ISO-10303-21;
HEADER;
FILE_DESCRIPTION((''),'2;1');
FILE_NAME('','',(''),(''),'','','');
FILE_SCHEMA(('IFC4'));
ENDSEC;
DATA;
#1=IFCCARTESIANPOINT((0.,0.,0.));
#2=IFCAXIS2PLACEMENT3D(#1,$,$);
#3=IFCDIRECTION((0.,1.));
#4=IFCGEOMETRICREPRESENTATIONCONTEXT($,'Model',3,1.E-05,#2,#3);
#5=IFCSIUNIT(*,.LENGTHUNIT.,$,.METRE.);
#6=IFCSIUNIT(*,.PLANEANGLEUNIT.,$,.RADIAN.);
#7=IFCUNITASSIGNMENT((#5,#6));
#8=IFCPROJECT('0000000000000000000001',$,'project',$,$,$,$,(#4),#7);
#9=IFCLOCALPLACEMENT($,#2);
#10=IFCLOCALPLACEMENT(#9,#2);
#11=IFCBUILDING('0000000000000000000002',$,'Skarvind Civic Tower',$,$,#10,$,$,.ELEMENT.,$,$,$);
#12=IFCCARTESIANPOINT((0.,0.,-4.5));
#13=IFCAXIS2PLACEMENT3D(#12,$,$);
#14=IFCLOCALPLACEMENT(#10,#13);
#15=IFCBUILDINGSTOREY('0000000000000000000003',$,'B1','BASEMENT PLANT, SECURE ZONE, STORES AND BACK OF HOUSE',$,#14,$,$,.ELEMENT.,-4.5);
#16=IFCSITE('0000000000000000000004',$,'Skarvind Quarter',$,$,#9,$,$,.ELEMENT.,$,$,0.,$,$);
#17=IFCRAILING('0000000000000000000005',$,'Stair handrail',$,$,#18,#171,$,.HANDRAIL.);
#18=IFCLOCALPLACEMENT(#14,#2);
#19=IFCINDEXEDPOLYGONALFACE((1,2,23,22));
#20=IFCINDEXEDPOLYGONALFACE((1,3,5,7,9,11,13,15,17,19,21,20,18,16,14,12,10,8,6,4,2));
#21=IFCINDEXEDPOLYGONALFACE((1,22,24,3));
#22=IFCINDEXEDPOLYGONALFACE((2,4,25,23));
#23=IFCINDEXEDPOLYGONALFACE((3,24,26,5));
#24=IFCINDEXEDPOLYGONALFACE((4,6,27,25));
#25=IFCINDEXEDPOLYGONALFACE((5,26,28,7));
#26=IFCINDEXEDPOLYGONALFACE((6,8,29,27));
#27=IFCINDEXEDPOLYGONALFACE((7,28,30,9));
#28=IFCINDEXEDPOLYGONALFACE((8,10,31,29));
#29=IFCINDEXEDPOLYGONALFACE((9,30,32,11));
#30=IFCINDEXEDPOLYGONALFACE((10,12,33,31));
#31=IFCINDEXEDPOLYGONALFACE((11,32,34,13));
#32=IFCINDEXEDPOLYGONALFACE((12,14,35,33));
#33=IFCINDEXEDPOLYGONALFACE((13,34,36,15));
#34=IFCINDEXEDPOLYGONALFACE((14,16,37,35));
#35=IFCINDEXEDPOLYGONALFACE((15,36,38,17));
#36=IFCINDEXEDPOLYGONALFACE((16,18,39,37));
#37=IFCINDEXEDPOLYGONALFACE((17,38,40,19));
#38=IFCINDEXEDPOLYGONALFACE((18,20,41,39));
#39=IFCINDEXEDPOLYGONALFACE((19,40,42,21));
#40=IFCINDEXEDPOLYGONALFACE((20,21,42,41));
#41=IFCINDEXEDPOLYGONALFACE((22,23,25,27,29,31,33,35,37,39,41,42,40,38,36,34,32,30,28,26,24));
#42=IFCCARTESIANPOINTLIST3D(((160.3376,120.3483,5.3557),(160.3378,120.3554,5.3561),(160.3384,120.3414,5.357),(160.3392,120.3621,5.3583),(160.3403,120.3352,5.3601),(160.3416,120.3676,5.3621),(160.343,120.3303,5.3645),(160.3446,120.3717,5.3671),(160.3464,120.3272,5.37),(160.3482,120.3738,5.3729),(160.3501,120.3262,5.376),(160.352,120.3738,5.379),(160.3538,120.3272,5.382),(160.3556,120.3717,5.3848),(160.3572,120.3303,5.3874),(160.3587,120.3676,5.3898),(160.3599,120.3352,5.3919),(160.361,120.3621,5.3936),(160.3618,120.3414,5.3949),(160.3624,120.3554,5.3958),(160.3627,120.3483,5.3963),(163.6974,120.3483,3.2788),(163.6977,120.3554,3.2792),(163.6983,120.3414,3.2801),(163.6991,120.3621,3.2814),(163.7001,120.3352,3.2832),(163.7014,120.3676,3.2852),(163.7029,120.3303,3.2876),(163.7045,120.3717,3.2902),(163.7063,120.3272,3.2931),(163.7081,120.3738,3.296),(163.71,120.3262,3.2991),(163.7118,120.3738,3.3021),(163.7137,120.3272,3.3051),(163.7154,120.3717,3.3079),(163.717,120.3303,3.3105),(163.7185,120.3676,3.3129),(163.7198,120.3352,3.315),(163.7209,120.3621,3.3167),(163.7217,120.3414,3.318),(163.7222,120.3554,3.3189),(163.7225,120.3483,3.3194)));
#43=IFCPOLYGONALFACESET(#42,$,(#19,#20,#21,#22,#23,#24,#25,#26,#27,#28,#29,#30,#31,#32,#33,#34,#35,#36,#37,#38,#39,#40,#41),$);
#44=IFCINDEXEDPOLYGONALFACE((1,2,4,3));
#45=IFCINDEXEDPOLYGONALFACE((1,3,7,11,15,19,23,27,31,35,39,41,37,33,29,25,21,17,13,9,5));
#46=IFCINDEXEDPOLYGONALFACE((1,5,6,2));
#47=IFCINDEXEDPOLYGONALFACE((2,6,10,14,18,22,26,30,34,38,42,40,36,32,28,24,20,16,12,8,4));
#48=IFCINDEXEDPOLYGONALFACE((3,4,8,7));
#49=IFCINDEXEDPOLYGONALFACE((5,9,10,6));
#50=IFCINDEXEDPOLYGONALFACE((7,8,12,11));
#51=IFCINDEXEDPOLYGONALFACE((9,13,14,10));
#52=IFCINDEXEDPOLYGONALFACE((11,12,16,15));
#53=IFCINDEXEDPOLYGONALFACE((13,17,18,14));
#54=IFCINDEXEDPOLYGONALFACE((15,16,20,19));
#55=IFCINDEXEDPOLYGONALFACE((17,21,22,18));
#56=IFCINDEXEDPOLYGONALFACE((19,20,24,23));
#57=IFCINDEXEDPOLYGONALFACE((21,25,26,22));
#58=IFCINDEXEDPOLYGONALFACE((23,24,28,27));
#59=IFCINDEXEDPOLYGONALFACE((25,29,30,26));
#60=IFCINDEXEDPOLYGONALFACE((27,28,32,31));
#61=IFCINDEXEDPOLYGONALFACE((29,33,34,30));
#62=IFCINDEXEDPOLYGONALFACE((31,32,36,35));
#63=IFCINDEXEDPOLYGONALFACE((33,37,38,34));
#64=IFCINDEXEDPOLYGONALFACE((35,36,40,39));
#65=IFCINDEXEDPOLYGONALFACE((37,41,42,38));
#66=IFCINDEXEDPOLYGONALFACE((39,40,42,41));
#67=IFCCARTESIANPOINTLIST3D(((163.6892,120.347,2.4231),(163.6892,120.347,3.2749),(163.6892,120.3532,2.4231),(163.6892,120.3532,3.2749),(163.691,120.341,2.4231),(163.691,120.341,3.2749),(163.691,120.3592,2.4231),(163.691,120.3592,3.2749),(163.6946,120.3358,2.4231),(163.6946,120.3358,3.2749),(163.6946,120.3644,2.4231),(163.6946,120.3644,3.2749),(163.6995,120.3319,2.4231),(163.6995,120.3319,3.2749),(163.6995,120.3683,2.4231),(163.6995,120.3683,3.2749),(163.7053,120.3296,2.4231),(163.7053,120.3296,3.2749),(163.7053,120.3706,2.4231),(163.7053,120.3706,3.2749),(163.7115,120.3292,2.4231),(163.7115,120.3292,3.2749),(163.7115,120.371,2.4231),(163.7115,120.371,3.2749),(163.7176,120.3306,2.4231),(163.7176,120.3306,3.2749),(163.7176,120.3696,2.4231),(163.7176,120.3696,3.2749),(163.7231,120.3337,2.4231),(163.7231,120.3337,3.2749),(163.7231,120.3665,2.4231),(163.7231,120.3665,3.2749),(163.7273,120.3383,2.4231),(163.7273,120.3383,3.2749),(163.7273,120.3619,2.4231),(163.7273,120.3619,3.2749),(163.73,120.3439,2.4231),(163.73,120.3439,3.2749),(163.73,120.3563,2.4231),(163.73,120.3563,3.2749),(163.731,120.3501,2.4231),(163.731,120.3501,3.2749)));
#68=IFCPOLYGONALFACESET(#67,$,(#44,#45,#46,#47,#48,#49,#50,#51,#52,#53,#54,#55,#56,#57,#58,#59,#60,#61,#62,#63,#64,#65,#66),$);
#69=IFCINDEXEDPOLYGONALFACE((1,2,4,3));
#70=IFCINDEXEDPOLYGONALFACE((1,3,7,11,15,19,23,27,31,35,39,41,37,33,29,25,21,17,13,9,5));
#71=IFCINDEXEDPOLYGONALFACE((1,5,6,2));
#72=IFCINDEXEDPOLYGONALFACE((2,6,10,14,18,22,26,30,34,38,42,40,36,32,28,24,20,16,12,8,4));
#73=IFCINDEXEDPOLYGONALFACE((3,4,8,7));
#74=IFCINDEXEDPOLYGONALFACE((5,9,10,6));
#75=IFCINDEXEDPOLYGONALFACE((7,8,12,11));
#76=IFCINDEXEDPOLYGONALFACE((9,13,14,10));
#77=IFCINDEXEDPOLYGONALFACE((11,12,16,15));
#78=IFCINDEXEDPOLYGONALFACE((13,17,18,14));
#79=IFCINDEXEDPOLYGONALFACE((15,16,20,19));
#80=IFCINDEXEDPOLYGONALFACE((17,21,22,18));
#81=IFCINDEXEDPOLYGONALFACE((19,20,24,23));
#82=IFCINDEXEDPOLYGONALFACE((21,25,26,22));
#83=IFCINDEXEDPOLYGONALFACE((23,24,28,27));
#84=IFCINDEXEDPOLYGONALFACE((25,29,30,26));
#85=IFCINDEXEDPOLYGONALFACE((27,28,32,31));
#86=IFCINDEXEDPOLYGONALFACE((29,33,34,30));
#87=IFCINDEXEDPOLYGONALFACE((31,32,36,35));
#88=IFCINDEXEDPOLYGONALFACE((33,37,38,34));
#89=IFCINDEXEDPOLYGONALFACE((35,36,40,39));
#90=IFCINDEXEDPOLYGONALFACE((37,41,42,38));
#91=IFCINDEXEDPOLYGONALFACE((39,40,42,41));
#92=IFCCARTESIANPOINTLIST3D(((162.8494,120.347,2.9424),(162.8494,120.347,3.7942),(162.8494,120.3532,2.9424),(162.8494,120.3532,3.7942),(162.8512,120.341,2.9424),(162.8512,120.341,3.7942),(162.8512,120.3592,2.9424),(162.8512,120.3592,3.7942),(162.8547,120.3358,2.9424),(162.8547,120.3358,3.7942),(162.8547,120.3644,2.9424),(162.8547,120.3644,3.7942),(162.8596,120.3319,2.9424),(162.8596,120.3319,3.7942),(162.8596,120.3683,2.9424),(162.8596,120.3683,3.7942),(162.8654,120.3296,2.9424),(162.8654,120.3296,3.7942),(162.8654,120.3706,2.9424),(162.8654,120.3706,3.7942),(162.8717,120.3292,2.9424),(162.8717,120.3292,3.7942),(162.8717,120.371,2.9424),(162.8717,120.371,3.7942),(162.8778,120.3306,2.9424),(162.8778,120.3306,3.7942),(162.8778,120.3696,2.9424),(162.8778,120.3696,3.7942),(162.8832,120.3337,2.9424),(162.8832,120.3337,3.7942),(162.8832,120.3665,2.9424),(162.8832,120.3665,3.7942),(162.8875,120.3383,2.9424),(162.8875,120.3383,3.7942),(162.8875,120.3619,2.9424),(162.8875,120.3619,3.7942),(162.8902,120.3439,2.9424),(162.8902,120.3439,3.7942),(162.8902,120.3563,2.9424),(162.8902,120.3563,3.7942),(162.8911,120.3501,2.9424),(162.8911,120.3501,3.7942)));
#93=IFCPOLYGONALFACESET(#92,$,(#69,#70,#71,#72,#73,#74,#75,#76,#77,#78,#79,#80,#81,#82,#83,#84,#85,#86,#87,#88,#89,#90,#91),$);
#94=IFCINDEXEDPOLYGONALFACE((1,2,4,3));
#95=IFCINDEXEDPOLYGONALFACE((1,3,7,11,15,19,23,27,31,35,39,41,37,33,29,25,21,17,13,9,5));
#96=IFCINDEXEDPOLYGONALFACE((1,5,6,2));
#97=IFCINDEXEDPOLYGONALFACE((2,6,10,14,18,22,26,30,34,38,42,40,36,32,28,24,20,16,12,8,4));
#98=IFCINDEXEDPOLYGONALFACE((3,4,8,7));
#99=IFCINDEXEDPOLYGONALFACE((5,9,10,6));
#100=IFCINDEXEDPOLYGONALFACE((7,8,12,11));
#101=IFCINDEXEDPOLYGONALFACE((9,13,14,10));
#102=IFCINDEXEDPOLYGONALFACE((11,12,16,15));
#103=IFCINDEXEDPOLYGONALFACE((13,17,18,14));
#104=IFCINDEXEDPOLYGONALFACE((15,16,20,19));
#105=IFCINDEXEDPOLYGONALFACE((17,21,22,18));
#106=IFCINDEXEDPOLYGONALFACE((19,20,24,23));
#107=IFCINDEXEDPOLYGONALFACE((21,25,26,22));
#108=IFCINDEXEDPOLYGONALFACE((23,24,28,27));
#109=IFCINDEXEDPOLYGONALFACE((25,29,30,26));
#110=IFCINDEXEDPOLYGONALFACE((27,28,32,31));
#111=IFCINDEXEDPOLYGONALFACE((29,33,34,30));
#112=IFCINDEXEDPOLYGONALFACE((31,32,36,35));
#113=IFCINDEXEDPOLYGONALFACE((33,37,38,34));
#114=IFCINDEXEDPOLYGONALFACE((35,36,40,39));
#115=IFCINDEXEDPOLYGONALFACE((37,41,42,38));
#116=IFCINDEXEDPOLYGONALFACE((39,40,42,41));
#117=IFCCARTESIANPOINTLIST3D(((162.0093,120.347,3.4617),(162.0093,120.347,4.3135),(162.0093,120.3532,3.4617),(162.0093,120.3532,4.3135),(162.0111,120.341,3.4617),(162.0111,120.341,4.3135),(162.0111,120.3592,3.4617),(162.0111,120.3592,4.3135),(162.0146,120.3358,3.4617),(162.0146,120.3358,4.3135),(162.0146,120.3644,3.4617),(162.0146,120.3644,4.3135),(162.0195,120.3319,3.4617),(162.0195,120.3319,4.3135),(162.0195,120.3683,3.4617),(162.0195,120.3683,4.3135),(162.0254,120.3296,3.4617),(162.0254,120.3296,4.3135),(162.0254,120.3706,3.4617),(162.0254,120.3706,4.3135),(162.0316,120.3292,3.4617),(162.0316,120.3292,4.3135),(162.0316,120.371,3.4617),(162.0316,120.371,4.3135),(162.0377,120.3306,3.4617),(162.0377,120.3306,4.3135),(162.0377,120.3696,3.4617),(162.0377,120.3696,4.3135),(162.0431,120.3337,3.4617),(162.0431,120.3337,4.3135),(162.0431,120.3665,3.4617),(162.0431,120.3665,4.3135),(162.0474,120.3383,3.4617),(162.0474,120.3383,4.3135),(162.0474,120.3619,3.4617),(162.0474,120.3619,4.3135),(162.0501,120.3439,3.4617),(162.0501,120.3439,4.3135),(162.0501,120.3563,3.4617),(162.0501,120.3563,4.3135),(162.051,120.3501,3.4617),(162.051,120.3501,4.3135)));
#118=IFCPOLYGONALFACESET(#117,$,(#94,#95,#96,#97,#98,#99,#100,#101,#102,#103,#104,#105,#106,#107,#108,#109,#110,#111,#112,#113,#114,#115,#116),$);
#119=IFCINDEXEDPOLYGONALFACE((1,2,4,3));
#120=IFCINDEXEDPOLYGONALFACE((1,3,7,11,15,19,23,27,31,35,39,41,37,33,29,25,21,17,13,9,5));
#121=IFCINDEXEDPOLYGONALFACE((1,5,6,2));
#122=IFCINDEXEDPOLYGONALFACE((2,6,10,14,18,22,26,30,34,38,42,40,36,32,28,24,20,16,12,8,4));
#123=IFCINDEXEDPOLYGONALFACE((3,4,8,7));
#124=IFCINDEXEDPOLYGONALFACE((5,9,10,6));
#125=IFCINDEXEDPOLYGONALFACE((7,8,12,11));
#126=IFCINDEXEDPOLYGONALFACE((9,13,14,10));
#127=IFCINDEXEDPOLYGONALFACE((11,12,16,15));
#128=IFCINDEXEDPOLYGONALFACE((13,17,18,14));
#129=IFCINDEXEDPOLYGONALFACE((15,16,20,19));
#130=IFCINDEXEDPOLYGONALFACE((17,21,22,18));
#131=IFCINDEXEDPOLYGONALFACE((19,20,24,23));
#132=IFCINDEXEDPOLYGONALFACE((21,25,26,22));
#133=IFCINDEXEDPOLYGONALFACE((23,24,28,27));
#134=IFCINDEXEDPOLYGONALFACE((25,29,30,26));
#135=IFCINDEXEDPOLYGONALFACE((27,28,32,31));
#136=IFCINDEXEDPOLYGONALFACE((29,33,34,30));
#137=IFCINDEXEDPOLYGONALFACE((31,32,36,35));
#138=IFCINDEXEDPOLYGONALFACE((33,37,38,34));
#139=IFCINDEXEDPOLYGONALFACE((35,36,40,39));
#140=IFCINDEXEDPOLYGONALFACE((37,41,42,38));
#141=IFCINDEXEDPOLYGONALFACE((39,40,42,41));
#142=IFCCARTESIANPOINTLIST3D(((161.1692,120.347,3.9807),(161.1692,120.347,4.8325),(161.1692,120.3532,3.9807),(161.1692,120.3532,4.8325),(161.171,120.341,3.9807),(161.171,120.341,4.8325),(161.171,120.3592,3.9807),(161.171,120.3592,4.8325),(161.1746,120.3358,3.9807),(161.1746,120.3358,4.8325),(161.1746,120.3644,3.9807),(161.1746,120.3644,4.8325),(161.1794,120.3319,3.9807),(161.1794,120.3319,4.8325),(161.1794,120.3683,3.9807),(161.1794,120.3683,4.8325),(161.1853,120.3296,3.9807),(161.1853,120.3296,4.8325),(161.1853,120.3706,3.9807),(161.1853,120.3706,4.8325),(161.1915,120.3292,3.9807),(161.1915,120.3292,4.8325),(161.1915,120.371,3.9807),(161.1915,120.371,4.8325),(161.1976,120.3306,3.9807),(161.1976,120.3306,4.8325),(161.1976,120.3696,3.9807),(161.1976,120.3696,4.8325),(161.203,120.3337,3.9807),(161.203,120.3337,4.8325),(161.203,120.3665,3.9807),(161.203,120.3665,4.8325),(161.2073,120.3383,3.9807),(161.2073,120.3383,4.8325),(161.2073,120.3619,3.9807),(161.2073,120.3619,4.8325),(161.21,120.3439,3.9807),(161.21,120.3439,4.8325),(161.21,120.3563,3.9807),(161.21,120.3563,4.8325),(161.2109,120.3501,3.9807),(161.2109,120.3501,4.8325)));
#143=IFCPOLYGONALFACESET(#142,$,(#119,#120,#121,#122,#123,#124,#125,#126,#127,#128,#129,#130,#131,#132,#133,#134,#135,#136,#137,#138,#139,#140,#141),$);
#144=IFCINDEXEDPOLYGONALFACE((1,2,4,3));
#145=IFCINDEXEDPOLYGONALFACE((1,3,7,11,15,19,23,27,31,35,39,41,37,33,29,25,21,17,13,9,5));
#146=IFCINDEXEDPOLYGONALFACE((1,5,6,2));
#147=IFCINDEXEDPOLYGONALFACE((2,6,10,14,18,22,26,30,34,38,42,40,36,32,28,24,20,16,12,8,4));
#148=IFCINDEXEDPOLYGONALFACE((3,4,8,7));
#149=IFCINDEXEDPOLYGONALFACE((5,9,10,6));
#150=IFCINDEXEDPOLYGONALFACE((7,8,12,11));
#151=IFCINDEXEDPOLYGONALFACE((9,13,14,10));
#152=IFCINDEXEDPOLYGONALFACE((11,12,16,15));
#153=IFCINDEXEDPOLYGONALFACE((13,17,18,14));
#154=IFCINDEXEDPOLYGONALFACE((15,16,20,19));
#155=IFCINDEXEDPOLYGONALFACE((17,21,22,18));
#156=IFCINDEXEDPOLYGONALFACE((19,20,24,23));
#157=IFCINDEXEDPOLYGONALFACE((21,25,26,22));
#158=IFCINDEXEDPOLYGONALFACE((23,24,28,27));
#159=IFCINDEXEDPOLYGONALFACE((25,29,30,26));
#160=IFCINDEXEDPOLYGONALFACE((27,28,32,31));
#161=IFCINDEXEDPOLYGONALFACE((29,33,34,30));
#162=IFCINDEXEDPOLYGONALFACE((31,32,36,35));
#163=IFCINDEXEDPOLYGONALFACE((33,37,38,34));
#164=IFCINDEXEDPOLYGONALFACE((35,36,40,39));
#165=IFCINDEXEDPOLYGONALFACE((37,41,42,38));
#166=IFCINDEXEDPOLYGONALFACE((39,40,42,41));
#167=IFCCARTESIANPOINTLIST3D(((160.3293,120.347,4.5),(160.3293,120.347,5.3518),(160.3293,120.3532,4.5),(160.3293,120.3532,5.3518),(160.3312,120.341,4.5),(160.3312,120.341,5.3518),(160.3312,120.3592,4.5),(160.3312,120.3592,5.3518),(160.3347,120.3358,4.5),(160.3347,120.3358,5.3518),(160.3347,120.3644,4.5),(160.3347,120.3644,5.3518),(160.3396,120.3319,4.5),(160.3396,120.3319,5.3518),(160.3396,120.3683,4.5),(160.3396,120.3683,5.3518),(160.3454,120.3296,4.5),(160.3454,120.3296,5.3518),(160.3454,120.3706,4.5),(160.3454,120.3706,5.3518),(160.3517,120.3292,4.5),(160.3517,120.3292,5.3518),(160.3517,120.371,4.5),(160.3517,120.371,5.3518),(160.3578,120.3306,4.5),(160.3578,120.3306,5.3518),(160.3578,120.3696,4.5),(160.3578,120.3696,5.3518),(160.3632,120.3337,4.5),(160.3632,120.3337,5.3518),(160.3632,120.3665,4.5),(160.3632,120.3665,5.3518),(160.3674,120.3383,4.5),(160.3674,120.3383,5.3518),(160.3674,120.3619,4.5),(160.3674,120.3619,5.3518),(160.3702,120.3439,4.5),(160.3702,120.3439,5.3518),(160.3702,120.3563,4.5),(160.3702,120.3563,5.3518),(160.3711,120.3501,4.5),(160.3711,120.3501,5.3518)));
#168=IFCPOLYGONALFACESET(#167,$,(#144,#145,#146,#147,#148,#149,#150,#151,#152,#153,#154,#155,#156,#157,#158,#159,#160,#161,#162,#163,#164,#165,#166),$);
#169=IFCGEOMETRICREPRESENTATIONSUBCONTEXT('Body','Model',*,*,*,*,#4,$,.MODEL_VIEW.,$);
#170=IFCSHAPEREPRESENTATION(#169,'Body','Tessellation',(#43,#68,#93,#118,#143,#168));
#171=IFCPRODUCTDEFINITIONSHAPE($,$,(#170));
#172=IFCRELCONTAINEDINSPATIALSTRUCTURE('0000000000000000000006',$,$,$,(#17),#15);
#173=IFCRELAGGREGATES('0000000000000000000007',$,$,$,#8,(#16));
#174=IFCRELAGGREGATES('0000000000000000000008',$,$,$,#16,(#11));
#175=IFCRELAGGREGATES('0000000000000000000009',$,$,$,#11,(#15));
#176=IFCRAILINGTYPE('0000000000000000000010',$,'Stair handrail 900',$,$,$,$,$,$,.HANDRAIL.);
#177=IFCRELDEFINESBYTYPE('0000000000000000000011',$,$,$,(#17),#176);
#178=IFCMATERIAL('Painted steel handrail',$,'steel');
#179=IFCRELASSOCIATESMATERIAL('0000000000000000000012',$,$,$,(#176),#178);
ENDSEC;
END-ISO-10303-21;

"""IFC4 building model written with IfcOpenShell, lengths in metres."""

from ifc_helpers import new_model, si_unit, direction, frame, origin, origin_2d, place, context, subcontext, project, spatial, circle, extrude, material, type_object, element, save


model = new_model("IFC4")

# Units and contexts
model_context = context("Model", 3, precision=1e-05, world=origin(), true_north=direction((0.0, 1.0)))
body_context = subcontext(model_context, "Body", "Model", "MODEL_VIEW")
ifc_project = project(units=[si_unit("LENGTHUNIT", "METRE"), si_unit("PLANEANGLEUNIT", "RADIAN")], contexts=[model_context])

# Site, building, storey
site_placement = place(None, origin())
site = spatial("IfcSite", under=ifc_project, at=site_placement, Name="Skarvind Quarter", CompositionType="ELEMENT", RefElevation=0.0)
building_placement = place(site_placement, origin())
building = spatial("IfcBuilding", under=site, at=building_placement, Name="Skarvind Civic Tower", CompositionType="ELEMENT")
storey_placement = place(building_placement, frame((0.0, 0.0, -4.5)))
storey = spatial("IfcBuildingStorey", under=building, at=storey_placement, Name="B1", Description="BASEMENT PLANT, SECURE ZONE, STORES AND BACK OF HOUSE", CompositionType="ELEMENT", Elevation=-4.5)

# Railing
ifc_material_1 = material(Name="Painted steel handrail", Category="steel")
railing_type = type_object("IfcRailingType", Name="Stair handrail 900", PredefinedType="HANDRAIL", material=ifc_material_1)
railing_1_placement = place(storey_placement, frame((163.71, 120.3501, 2.4231)))
element("IfcRailing", 1, at=railing_1_placement, inside=storey, type_object=railing_type, Name="Stair handrail", PredefinedType="HANDRAIL", context=body_context, shape_type="SweptSolid", body=[
    extrude(circle(Radius=0.0239, at=origin_2d()), frame((0.0, 0.0, 0.876), z_axis=(-0.850606, 0.0, 0.525803), x_axis=(0.0, -1.0, 0.0)), (0.0, 0.0, 1.0), 3.95),
    extrude(circle(Radius=0.021, at=origin_2d()), origin(), (0.0, 0.0, 1.0), 0.8518),
    extrude(circle(Radius=0.021, at=origin_2d()), frame((-0.8398, 0.0, 0.5193)), (0.0, 0.0, 1.0), 0.8518),
    extrude(circle(Radius=0.021, at=origin_2d()), frame((-1.6799, 0.0, 1.0386)), (0.0, 0.0, 1.0), 0.8518),
    extrude(circle(Radius=0.021, at=origin_2d()), frame((-2.52, 0.0, 1.5576)), (0.0, 0.0, 1.0), 0.8518),
    extrude(circle(Radius=0.021, at=origin_2d()), frame((-3.3599, 0.0, 2.0769)), (0.0, 0.0, 1.0), 0.8518),
])

save(model, "model.ifc")
